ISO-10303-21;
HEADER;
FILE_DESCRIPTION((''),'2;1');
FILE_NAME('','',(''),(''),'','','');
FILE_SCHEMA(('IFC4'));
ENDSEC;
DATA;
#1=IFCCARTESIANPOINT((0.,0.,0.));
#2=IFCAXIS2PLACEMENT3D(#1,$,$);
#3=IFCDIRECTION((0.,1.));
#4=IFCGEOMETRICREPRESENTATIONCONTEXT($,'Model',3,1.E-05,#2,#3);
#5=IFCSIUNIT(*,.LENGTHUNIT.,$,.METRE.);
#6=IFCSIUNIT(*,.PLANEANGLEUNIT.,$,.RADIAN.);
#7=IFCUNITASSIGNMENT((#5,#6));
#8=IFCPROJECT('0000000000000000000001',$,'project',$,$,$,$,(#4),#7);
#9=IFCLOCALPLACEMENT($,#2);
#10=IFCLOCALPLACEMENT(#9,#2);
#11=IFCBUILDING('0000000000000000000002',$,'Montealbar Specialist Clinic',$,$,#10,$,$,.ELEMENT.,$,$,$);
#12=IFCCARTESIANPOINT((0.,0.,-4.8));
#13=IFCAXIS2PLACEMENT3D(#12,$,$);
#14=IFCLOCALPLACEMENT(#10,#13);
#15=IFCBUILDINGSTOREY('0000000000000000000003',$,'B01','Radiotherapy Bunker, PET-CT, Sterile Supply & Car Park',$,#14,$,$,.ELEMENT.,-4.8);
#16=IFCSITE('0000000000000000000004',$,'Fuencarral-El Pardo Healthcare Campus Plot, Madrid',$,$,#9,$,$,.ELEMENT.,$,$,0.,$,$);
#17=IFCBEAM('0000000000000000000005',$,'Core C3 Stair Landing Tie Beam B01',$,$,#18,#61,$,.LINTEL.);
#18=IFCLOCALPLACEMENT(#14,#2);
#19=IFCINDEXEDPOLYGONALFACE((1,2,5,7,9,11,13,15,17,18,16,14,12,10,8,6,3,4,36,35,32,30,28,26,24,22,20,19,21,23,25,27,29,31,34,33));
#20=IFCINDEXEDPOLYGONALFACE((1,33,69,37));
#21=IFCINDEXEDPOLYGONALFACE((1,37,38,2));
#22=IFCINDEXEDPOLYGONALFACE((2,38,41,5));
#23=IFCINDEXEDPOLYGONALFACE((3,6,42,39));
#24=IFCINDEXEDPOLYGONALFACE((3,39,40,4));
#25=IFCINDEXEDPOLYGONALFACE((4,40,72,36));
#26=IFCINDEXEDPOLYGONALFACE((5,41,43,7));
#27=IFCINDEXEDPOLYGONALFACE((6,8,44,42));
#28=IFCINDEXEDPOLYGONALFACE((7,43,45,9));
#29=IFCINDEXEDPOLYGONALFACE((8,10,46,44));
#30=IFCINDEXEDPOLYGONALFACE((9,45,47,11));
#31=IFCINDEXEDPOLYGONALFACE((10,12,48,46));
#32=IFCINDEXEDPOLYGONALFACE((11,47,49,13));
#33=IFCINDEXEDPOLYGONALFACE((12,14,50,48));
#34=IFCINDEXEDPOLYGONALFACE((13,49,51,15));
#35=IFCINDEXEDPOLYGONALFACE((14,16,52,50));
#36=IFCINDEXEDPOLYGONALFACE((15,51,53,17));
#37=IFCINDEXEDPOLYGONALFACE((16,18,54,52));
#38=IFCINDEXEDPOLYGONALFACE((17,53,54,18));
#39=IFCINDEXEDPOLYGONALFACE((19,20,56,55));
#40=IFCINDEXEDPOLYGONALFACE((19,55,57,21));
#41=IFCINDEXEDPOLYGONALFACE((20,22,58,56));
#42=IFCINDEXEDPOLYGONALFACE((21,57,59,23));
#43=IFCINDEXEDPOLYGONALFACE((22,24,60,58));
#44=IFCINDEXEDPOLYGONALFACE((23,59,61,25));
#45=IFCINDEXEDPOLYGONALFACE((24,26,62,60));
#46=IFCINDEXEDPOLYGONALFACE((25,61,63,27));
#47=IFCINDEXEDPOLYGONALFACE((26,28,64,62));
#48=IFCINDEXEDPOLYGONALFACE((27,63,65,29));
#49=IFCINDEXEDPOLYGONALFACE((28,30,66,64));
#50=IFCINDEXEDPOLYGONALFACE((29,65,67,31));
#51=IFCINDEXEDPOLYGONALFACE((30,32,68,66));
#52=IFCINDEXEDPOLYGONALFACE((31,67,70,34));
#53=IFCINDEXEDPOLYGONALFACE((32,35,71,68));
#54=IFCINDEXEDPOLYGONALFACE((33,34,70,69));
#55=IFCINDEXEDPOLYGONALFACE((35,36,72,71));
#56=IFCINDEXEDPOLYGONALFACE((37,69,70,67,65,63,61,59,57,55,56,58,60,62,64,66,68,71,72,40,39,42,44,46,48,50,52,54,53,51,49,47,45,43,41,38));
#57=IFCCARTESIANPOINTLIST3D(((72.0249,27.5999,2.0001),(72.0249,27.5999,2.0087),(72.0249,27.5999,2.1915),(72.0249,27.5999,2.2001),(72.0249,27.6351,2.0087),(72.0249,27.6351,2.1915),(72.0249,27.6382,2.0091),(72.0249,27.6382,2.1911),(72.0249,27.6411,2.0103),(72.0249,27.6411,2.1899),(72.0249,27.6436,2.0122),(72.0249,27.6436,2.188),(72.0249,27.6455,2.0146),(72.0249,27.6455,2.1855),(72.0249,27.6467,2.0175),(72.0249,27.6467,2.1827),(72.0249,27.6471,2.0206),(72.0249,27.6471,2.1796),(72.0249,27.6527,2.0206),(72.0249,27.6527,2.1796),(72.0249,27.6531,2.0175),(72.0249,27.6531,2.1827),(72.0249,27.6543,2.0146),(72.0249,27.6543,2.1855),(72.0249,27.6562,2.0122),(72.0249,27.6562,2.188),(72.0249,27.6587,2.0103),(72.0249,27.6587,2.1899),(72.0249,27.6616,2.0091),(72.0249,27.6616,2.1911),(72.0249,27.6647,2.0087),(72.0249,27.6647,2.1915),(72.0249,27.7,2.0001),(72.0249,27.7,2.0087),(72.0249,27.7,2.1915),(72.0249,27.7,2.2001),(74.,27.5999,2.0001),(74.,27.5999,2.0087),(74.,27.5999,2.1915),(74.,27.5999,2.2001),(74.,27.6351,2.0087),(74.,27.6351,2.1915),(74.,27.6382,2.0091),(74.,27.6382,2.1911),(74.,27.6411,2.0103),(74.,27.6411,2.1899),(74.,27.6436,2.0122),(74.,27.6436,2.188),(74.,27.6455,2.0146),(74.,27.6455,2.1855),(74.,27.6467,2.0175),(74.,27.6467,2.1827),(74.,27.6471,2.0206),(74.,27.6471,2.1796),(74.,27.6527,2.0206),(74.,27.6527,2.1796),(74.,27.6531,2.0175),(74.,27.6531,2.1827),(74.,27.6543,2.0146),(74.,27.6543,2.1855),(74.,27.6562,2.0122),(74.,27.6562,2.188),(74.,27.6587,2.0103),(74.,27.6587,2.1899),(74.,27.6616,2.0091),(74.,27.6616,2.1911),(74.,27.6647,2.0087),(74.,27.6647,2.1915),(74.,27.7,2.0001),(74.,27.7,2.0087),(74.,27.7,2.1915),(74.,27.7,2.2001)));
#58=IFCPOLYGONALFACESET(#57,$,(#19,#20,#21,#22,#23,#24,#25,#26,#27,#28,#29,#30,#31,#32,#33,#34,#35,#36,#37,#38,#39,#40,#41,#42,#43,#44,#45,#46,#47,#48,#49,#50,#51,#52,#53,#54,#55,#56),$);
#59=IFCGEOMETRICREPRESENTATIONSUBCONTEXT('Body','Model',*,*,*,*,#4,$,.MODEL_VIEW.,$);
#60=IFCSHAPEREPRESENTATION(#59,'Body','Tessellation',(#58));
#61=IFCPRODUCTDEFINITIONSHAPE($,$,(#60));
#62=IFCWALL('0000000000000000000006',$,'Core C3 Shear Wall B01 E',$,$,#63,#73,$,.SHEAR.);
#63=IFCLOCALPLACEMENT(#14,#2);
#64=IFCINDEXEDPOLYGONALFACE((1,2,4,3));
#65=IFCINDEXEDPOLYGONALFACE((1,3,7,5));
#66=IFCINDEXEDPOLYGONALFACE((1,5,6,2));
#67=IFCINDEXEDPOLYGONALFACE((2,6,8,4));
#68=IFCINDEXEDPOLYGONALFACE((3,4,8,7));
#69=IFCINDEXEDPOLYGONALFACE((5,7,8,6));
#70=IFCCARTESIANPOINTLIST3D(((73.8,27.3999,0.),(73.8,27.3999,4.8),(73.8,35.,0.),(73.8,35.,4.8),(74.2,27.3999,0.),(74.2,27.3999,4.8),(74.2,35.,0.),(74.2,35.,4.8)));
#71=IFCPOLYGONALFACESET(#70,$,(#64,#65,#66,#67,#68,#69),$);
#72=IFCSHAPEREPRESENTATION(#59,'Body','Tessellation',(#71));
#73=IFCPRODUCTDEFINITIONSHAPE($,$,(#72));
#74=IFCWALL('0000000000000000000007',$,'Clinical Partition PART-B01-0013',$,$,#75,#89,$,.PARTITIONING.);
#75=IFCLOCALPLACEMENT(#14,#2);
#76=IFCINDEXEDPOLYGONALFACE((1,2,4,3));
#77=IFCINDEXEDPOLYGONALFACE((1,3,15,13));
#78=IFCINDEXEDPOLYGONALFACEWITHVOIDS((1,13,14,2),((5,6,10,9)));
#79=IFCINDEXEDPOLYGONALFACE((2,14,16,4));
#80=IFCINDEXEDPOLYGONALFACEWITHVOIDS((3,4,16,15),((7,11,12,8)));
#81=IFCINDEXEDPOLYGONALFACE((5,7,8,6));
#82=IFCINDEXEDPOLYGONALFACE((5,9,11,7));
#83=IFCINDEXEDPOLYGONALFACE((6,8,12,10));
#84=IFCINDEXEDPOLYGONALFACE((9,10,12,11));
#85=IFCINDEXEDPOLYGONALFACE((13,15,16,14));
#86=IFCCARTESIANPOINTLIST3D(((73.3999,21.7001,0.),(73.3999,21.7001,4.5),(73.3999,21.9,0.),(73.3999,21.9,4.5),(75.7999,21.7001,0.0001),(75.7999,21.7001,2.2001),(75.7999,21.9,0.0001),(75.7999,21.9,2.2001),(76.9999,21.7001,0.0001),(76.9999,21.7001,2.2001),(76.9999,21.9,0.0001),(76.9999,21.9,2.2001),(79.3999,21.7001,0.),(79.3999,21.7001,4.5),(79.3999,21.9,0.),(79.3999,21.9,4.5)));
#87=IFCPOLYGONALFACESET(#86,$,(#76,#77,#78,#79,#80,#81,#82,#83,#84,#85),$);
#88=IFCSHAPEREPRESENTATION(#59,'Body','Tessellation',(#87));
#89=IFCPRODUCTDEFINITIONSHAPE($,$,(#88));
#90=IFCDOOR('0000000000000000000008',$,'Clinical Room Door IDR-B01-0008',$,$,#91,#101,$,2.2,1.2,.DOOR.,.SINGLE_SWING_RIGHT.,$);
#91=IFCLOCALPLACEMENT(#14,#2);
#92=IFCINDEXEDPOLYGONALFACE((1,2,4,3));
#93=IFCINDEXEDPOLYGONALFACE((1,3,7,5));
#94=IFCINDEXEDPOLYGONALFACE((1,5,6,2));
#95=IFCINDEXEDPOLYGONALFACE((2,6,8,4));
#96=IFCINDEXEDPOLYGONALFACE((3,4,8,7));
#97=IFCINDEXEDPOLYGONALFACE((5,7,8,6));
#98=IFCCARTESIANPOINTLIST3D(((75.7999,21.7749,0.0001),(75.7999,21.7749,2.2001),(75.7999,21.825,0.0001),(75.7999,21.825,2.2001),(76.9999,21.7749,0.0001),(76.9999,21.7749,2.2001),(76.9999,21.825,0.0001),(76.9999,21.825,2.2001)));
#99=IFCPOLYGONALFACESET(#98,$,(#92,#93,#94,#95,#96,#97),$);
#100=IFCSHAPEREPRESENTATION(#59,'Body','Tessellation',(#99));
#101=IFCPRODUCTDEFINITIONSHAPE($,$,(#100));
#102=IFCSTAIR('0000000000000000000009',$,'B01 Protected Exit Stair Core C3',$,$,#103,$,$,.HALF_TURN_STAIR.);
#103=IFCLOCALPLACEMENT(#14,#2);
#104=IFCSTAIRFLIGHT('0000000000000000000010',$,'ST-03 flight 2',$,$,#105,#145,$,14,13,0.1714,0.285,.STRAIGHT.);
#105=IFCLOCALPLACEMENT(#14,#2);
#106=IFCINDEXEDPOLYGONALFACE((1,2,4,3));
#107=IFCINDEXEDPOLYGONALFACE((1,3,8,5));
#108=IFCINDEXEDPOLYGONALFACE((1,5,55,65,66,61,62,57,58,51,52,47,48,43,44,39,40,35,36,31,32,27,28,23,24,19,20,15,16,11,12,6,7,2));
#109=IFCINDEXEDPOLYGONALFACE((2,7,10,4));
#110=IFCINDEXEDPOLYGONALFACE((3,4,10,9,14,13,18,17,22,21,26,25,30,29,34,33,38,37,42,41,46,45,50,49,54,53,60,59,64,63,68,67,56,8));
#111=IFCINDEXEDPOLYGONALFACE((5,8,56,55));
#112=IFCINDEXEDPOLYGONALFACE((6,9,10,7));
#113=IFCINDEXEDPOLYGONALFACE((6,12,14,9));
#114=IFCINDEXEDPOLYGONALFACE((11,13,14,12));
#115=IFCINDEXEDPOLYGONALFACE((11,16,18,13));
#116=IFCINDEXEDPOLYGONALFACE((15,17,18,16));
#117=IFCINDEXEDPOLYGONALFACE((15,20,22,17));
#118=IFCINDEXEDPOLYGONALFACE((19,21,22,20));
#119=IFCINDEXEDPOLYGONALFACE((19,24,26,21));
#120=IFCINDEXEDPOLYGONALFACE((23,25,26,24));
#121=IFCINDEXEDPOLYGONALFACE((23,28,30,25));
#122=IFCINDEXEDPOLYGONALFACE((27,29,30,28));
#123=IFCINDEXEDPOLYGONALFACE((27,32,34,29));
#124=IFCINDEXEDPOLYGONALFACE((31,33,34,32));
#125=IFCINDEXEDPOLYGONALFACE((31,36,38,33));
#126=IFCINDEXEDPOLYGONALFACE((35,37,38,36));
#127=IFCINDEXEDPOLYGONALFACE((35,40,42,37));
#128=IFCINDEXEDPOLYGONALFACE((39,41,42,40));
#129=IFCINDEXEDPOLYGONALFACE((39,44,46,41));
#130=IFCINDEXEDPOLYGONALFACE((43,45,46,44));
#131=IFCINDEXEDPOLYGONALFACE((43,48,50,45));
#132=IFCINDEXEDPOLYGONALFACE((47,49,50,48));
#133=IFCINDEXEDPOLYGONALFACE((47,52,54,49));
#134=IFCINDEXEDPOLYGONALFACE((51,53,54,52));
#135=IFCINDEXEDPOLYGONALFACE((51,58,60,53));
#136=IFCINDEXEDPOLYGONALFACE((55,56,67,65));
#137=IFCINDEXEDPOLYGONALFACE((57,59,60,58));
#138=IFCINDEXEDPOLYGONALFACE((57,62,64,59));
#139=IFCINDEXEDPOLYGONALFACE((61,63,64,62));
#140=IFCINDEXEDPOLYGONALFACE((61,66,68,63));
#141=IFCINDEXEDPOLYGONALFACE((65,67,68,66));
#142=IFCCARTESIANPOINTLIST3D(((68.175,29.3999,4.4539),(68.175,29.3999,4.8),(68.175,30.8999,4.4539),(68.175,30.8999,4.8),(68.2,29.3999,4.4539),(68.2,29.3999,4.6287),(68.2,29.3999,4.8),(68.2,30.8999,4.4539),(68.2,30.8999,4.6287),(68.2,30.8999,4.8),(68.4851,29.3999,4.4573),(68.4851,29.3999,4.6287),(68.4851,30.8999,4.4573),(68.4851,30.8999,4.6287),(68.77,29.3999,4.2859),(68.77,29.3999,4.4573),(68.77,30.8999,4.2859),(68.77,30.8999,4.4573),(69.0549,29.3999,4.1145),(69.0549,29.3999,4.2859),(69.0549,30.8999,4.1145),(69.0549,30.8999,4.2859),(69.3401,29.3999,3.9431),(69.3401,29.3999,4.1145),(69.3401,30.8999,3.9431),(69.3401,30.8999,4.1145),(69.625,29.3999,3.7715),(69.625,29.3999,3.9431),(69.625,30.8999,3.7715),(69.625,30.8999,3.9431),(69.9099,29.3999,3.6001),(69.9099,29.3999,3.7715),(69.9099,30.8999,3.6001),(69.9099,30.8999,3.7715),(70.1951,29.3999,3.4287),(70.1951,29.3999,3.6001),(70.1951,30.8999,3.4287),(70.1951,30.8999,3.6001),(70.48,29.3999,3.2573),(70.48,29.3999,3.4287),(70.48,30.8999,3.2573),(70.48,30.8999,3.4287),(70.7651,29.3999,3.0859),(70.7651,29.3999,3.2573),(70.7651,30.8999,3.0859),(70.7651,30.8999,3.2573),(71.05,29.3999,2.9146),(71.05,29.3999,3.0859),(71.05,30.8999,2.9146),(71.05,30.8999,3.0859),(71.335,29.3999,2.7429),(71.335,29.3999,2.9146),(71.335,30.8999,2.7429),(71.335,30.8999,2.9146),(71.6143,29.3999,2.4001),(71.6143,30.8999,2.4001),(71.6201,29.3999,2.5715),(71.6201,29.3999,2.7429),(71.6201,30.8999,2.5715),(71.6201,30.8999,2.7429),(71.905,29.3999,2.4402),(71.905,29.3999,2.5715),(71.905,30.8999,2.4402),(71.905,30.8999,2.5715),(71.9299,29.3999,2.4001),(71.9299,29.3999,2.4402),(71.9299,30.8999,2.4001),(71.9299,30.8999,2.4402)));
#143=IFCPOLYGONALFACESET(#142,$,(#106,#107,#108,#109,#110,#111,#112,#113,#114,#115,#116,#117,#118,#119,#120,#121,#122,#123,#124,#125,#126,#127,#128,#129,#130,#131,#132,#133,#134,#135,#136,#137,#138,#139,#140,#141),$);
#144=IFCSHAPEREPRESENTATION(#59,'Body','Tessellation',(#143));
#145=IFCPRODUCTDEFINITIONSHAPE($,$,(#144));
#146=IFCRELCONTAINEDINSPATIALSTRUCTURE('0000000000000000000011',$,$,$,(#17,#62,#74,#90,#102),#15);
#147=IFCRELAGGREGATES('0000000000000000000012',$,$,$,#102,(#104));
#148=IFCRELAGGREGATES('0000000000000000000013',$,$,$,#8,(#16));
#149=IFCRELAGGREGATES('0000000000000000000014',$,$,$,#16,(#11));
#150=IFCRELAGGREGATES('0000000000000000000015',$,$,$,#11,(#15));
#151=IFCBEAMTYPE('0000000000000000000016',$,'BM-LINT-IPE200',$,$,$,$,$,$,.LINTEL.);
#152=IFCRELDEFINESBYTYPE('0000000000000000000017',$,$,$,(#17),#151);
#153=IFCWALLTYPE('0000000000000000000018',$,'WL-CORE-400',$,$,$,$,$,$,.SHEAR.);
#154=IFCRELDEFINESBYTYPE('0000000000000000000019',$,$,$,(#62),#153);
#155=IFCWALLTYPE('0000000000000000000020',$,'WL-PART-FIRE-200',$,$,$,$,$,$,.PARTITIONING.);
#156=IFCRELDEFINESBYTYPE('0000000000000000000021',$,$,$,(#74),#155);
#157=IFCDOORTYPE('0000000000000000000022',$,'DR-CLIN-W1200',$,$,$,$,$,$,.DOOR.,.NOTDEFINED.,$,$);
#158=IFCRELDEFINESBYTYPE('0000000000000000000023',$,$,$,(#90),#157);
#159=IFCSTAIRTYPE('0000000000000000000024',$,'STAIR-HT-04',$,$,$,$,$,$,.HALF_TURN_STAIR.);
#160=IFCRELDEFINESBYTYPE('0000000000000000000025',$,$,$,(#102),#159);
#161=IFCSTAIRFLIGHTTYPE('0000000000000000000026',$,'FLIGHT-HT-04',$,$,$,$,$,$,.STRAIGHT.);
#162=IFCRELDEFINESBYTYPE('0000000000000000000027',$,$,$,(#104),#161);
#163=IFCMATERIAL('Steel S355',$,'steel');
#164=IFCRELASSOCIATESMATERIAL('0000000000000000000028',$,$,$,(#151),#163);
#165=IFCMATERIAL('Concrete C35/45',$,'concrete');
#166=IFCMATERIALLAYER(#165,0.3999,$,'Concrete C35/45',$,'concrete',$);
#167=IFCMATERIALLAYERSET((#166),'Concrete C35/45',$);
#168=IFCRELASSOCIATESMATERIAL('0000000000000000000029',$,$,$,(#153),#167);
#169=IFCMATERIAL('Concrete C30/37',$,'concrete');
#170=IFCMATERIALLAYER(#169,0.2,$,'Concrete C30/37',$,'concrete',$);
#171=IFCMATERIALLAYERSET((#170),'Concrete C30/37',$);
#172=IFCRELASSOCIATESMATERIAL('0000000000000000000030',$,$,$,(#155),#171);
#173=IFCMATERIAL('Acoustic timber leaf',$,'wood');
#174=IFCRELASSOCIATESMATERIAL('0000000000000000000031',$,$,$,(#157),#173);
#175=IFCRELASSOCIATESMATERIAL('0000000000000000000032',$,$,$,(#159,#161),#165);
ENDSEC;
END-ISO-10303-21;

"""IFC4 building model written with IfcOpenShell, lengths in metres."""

from ifc_helpers import new_model, si_unit, direction, frame, frame_2d, origin, origin_2d, place, context, subcontext, project, spatial, polyline, rectangle, i_section, outline, extrude, material, layer, layer_set, material_profile, profile_set, type_object, element, fill, aggregate, save


model = new_model("IFC4")

# Units and contexts
model_context = context("Model", 3, precision=1e-05, world=origin(), true_north=direction((0.0, 1.0)))
body_context = subcontext(model_context, "Body", "Model", "MODEL_VIEW")
ifc_project = project(units=[si_unit("LENGTHUNIT", "METRE"), si_unit("PLANEANGLEUNIT", "RADIAN")], contexts=[model_context])

# Site, building, storey
site_placement = place(None, origin())
site = spatial("IfcSite", under=ifc_project, at=site_placement, Name="Fuencarral-El Pardo Healthcare Campus Plot, Madrid", CompositionType="ELEMENT", RefElevation=0.0)
building_placement = place(site_placement, origin())
building = spatial("IfcBuilding", under=site, at=building_placement, Name="Montealbar Specialist Clinic", CompositionType="ELEMENT")
storey_placement = place(building_placement, frame((0.0, 0.0, -4.8)))
storey = spatial("IfcBuildingStorey", under=building, at=storey_placement, Name="B01", Description="Radiotherapy Bunker, PET-CT, Sterile Supply & Car Park", CompositionType="ELEMENT", Elevation=-4.8)

# Shared definitions
ifc_material_1 = material(Name="Concrete C35/45", Category="concrete")

# Shared definitions
ifc_material_2 = material(Name="Steel S355", Category="steel")

# Beam
ifc_material_profile_1 = material_profile(ifc_material_2, i_section(OverallWidth=0.1001, OverallDepth=0.2, WebThickness=0.0056, FlangeThickness=0.0085, FilletRadius=0.012, at=origin_2d()), Name="IPE 200", Category="steel")
ifc_profile_set_1 = profile_set([ifc_material_profile_1], Name="Steel S355")
beam_type_1 = type_object("IfcBeamType", Name="BM-LINT-IPE200", PredefinedType="LINTEL", material=ifc_profile_set_1)
beam_1_placement = place(storey_placement, frame((72.0249, 27.6499, 2.1001), z_axis=(1.0, 0.0, 0.0), x_axis=(0.0, 1.0, 0.0)))
element("IfcBeam", 1, at=beam_1_placement, inside=storey, type_object=beam_type_1, Name="Core C3 Stair Landing Tie Beam B01", PredefinedType="LINTEL", context=body_context, shape_type="SweptSolid", body=[
    extrude(i_section(OverallWidth=0.1001, OverallDepth=0.2, WebThickness=0.0056, FlangeThickness=0.0085, FilletRadius=0.012, at=origin_2d()), origin(), (0.0, 0.0, 1.0), 1.9751),
])

# Wall
ifc_layer_1 = layer(ifc_material_1, 0.3999, Name="Concrete C35/45", Category="concrete")
ifc_layer_set_1 = layer_set([ifc_layer_1], Name="Concrete C35/45")
wall_type_1 = type_object("IfcWallType", Name="WL-CORE-400", PredefinedType="SHEAR", material=ifc_layer_set_1)
wall_1_placement = place(storey_placement, frame((74.0, 27.3999, 0.0), z_axis=(0.0, 0.0, 1.0), x_axis=(0.0, 1.0, 0.0)))
element("IfcWall", 2, at=wall_1_placement, inside=storey, type_object=wall_type_1, Name="Core C3 Shear Wall B01 E", PredefinedType="SHEAR", context=body_context, shape_type="SweptSolid", body=[
    extrude(rectangle(XDim=7.6001, YDim=0.3999, at=frame_2d((3.8, 0.0))), origin(), (0.0, 0.0, 1.0), 4.8),
])

# Wall, opening, door
ifc_material_3 = material(Name="Concrete C30/37", Category="concrete")
ifc_layer_2 = layer(ifc_material_3, 0.2, Name="Concrete C30/37", Category="concrete")
ifc_layer_set_2 = layer_set([ifc_layer_2], Name="Concrete C30/37")
wall_type_2 = type_object("IfcWallType", Name="WL-PART-FIRE-200", PredefinedType="PARTITIONING", material=ifc_layer_set_2)
wall_2_placement = place(storey_placement, frame((73.3999, 21.8, 0.0), z_axis=(0.0, 0.0, 1.0), x_axis=(1.0, 0.0, 0.0)))
wall_2 = element("IfcWall", 3, at=wall_2_placement, inside=storey, type_object=wall_type_2, Name="Clinical Partition PART-B01-0013", PredefinedType="PARTITIONING", context=body_context, shape_type="SweptSolid", body=[
    extrude(rectangle(XDim=6.0, YDim=0.2, at=frame_2d((3.0, 0.0))), origin(), (0.0, 0.0, 1.0), 4.5),
])
opening_placement = place(wall_2_placement, frame((2.3999, 0.0, 0.0)))
opening = element("IfcOpeningElement", 4, at=opening_placement, cuts=wall_2, PredefinedType="OPENING", context=body_context, shape_type="SweptSolid", body=[
    extrude(rectangle(XDim=1.2, YDim=2.2, at=frame_2d((0.6001, 1.1001))), frame((0.0, 0.1099, 0.0), z_axis=(0.0, -1.0, 0.0), x_axis=(1.0, 0.0, 0.0)), (0.0, 0.0, 1.0), 0.22),
])
ifc_material_4 = material(Name="Acoustic timber leaf", Category="wood")
door_type = type_object("IfcDoorType", Name="DR-CLIN-W1200", OperationType="NOTDEFINED", PredefinedType="DOOR", material=ifc_material_4)
door_placement = place(opening_placement, origin())
door = element("IfcDoor", 5, at=door_placement, inside=storey, type_object=door_type, Name="Clinical Room Door IDR-B01-0008", OperationType="SINGLE_SWING_RIGHT", OverallHeight=2.2, OverallWidth=1.2, PredefinedType="DOOR", context=body_context, shape_type="SweptSolid", body=[
    extrude(rectangle(XDim=1.2, YDim=2.2, at=frame_2d((0.6001, 1.1001))), frame((0.0, 0.0249, 0.0), z_axis=(0.0, -1.0, 0.0), x_axis=(1.0, 0.0, 0.0)), (0.0, 0.0, 1.0), 0.05),
])
fill(opening, door)

# Stair, stair flight
stair_type = type_object("IfcStairType", Name="STAIR-HT-04", PredefinedType="HALF_TURN_STAIR", material=ifc_material_1)
stair_placement = place(storey_placement, origin())
stair = element("IfcStair", 6, at=stair_placement, inside=storey, type_object=stair_type, Name="B01 Protected Exit Stair Core C3", PredefinedType="HALF_TURN_STAIR")
stair_flight_type = type_object("IfcStairFlightType", Name="FLIGHT-HT-04", PredefinedType="STRAIGHT", material=ifc_material_1)
stair_flight_placement = place(storey_placement, frame((71.905, 30.1499, 2.4001), z_axis=(0.0, 0.0, 1.0), x_axis=(-1.0, 0.0, 0.0)))
stair_flight = element("IfcStairFlight", 7, at=stair_flight_placement, type_object=stair_flight_type, Name="ST-03 flight 2", NumberOfRisers=14, NumberOfTreads=13, PredefinedType="STRAIGHT", RiserHeight=0.1714, TreadLength=0.285, context=body_context, shape_type="SweptSolid", body=[
    extrude(outline(polyline([(-0.0249, 0.0), (-0.0249, 0.04), (0.0, 0.04), (0.0, 0.1714), (0.2849, 0.1714), (0.2849, 0.3428), (0.5701, 0.3428), (0.5701, 0.5144), (0.855, 0.5144), (0.855, 0.6858), (1.1399, 0.6858), (1.1399, 0.8572), (1.425, 0.8572), (1.425, 1.0286), (1.71, 1.0286), (1.71, 1.2), (1.9951, 1.2), (1.9951, 1.3713), (2.28, 1.3713), (2.28, 1.543), (2.5649, 1.543), (2.5649, 1.7144), (2.8501, 1.7144), (2.8501, 1.8857), (3.135, 1.8857), (3.135, 2.0571), (3.4199, 2.0571), (3.4199, 2.2285), (3.7051, 2.2285), (3.7051, 2.3999), (3.73, 2.3999), (3.73, 2.0537), (3.7051, 2.0537), (0.2908, 0.0), (-0.0249, 0.0)])), frame((0.0, 0.75, 0.0), z_axis=(0.0, -1.0, 0.0), x_axis=(1.0, 0.0, 0.0)), (0.0, 0.0, 1.0), 1.5),
])
aggregate(stair, [stair_flight])

save(model, "model.ifc")
